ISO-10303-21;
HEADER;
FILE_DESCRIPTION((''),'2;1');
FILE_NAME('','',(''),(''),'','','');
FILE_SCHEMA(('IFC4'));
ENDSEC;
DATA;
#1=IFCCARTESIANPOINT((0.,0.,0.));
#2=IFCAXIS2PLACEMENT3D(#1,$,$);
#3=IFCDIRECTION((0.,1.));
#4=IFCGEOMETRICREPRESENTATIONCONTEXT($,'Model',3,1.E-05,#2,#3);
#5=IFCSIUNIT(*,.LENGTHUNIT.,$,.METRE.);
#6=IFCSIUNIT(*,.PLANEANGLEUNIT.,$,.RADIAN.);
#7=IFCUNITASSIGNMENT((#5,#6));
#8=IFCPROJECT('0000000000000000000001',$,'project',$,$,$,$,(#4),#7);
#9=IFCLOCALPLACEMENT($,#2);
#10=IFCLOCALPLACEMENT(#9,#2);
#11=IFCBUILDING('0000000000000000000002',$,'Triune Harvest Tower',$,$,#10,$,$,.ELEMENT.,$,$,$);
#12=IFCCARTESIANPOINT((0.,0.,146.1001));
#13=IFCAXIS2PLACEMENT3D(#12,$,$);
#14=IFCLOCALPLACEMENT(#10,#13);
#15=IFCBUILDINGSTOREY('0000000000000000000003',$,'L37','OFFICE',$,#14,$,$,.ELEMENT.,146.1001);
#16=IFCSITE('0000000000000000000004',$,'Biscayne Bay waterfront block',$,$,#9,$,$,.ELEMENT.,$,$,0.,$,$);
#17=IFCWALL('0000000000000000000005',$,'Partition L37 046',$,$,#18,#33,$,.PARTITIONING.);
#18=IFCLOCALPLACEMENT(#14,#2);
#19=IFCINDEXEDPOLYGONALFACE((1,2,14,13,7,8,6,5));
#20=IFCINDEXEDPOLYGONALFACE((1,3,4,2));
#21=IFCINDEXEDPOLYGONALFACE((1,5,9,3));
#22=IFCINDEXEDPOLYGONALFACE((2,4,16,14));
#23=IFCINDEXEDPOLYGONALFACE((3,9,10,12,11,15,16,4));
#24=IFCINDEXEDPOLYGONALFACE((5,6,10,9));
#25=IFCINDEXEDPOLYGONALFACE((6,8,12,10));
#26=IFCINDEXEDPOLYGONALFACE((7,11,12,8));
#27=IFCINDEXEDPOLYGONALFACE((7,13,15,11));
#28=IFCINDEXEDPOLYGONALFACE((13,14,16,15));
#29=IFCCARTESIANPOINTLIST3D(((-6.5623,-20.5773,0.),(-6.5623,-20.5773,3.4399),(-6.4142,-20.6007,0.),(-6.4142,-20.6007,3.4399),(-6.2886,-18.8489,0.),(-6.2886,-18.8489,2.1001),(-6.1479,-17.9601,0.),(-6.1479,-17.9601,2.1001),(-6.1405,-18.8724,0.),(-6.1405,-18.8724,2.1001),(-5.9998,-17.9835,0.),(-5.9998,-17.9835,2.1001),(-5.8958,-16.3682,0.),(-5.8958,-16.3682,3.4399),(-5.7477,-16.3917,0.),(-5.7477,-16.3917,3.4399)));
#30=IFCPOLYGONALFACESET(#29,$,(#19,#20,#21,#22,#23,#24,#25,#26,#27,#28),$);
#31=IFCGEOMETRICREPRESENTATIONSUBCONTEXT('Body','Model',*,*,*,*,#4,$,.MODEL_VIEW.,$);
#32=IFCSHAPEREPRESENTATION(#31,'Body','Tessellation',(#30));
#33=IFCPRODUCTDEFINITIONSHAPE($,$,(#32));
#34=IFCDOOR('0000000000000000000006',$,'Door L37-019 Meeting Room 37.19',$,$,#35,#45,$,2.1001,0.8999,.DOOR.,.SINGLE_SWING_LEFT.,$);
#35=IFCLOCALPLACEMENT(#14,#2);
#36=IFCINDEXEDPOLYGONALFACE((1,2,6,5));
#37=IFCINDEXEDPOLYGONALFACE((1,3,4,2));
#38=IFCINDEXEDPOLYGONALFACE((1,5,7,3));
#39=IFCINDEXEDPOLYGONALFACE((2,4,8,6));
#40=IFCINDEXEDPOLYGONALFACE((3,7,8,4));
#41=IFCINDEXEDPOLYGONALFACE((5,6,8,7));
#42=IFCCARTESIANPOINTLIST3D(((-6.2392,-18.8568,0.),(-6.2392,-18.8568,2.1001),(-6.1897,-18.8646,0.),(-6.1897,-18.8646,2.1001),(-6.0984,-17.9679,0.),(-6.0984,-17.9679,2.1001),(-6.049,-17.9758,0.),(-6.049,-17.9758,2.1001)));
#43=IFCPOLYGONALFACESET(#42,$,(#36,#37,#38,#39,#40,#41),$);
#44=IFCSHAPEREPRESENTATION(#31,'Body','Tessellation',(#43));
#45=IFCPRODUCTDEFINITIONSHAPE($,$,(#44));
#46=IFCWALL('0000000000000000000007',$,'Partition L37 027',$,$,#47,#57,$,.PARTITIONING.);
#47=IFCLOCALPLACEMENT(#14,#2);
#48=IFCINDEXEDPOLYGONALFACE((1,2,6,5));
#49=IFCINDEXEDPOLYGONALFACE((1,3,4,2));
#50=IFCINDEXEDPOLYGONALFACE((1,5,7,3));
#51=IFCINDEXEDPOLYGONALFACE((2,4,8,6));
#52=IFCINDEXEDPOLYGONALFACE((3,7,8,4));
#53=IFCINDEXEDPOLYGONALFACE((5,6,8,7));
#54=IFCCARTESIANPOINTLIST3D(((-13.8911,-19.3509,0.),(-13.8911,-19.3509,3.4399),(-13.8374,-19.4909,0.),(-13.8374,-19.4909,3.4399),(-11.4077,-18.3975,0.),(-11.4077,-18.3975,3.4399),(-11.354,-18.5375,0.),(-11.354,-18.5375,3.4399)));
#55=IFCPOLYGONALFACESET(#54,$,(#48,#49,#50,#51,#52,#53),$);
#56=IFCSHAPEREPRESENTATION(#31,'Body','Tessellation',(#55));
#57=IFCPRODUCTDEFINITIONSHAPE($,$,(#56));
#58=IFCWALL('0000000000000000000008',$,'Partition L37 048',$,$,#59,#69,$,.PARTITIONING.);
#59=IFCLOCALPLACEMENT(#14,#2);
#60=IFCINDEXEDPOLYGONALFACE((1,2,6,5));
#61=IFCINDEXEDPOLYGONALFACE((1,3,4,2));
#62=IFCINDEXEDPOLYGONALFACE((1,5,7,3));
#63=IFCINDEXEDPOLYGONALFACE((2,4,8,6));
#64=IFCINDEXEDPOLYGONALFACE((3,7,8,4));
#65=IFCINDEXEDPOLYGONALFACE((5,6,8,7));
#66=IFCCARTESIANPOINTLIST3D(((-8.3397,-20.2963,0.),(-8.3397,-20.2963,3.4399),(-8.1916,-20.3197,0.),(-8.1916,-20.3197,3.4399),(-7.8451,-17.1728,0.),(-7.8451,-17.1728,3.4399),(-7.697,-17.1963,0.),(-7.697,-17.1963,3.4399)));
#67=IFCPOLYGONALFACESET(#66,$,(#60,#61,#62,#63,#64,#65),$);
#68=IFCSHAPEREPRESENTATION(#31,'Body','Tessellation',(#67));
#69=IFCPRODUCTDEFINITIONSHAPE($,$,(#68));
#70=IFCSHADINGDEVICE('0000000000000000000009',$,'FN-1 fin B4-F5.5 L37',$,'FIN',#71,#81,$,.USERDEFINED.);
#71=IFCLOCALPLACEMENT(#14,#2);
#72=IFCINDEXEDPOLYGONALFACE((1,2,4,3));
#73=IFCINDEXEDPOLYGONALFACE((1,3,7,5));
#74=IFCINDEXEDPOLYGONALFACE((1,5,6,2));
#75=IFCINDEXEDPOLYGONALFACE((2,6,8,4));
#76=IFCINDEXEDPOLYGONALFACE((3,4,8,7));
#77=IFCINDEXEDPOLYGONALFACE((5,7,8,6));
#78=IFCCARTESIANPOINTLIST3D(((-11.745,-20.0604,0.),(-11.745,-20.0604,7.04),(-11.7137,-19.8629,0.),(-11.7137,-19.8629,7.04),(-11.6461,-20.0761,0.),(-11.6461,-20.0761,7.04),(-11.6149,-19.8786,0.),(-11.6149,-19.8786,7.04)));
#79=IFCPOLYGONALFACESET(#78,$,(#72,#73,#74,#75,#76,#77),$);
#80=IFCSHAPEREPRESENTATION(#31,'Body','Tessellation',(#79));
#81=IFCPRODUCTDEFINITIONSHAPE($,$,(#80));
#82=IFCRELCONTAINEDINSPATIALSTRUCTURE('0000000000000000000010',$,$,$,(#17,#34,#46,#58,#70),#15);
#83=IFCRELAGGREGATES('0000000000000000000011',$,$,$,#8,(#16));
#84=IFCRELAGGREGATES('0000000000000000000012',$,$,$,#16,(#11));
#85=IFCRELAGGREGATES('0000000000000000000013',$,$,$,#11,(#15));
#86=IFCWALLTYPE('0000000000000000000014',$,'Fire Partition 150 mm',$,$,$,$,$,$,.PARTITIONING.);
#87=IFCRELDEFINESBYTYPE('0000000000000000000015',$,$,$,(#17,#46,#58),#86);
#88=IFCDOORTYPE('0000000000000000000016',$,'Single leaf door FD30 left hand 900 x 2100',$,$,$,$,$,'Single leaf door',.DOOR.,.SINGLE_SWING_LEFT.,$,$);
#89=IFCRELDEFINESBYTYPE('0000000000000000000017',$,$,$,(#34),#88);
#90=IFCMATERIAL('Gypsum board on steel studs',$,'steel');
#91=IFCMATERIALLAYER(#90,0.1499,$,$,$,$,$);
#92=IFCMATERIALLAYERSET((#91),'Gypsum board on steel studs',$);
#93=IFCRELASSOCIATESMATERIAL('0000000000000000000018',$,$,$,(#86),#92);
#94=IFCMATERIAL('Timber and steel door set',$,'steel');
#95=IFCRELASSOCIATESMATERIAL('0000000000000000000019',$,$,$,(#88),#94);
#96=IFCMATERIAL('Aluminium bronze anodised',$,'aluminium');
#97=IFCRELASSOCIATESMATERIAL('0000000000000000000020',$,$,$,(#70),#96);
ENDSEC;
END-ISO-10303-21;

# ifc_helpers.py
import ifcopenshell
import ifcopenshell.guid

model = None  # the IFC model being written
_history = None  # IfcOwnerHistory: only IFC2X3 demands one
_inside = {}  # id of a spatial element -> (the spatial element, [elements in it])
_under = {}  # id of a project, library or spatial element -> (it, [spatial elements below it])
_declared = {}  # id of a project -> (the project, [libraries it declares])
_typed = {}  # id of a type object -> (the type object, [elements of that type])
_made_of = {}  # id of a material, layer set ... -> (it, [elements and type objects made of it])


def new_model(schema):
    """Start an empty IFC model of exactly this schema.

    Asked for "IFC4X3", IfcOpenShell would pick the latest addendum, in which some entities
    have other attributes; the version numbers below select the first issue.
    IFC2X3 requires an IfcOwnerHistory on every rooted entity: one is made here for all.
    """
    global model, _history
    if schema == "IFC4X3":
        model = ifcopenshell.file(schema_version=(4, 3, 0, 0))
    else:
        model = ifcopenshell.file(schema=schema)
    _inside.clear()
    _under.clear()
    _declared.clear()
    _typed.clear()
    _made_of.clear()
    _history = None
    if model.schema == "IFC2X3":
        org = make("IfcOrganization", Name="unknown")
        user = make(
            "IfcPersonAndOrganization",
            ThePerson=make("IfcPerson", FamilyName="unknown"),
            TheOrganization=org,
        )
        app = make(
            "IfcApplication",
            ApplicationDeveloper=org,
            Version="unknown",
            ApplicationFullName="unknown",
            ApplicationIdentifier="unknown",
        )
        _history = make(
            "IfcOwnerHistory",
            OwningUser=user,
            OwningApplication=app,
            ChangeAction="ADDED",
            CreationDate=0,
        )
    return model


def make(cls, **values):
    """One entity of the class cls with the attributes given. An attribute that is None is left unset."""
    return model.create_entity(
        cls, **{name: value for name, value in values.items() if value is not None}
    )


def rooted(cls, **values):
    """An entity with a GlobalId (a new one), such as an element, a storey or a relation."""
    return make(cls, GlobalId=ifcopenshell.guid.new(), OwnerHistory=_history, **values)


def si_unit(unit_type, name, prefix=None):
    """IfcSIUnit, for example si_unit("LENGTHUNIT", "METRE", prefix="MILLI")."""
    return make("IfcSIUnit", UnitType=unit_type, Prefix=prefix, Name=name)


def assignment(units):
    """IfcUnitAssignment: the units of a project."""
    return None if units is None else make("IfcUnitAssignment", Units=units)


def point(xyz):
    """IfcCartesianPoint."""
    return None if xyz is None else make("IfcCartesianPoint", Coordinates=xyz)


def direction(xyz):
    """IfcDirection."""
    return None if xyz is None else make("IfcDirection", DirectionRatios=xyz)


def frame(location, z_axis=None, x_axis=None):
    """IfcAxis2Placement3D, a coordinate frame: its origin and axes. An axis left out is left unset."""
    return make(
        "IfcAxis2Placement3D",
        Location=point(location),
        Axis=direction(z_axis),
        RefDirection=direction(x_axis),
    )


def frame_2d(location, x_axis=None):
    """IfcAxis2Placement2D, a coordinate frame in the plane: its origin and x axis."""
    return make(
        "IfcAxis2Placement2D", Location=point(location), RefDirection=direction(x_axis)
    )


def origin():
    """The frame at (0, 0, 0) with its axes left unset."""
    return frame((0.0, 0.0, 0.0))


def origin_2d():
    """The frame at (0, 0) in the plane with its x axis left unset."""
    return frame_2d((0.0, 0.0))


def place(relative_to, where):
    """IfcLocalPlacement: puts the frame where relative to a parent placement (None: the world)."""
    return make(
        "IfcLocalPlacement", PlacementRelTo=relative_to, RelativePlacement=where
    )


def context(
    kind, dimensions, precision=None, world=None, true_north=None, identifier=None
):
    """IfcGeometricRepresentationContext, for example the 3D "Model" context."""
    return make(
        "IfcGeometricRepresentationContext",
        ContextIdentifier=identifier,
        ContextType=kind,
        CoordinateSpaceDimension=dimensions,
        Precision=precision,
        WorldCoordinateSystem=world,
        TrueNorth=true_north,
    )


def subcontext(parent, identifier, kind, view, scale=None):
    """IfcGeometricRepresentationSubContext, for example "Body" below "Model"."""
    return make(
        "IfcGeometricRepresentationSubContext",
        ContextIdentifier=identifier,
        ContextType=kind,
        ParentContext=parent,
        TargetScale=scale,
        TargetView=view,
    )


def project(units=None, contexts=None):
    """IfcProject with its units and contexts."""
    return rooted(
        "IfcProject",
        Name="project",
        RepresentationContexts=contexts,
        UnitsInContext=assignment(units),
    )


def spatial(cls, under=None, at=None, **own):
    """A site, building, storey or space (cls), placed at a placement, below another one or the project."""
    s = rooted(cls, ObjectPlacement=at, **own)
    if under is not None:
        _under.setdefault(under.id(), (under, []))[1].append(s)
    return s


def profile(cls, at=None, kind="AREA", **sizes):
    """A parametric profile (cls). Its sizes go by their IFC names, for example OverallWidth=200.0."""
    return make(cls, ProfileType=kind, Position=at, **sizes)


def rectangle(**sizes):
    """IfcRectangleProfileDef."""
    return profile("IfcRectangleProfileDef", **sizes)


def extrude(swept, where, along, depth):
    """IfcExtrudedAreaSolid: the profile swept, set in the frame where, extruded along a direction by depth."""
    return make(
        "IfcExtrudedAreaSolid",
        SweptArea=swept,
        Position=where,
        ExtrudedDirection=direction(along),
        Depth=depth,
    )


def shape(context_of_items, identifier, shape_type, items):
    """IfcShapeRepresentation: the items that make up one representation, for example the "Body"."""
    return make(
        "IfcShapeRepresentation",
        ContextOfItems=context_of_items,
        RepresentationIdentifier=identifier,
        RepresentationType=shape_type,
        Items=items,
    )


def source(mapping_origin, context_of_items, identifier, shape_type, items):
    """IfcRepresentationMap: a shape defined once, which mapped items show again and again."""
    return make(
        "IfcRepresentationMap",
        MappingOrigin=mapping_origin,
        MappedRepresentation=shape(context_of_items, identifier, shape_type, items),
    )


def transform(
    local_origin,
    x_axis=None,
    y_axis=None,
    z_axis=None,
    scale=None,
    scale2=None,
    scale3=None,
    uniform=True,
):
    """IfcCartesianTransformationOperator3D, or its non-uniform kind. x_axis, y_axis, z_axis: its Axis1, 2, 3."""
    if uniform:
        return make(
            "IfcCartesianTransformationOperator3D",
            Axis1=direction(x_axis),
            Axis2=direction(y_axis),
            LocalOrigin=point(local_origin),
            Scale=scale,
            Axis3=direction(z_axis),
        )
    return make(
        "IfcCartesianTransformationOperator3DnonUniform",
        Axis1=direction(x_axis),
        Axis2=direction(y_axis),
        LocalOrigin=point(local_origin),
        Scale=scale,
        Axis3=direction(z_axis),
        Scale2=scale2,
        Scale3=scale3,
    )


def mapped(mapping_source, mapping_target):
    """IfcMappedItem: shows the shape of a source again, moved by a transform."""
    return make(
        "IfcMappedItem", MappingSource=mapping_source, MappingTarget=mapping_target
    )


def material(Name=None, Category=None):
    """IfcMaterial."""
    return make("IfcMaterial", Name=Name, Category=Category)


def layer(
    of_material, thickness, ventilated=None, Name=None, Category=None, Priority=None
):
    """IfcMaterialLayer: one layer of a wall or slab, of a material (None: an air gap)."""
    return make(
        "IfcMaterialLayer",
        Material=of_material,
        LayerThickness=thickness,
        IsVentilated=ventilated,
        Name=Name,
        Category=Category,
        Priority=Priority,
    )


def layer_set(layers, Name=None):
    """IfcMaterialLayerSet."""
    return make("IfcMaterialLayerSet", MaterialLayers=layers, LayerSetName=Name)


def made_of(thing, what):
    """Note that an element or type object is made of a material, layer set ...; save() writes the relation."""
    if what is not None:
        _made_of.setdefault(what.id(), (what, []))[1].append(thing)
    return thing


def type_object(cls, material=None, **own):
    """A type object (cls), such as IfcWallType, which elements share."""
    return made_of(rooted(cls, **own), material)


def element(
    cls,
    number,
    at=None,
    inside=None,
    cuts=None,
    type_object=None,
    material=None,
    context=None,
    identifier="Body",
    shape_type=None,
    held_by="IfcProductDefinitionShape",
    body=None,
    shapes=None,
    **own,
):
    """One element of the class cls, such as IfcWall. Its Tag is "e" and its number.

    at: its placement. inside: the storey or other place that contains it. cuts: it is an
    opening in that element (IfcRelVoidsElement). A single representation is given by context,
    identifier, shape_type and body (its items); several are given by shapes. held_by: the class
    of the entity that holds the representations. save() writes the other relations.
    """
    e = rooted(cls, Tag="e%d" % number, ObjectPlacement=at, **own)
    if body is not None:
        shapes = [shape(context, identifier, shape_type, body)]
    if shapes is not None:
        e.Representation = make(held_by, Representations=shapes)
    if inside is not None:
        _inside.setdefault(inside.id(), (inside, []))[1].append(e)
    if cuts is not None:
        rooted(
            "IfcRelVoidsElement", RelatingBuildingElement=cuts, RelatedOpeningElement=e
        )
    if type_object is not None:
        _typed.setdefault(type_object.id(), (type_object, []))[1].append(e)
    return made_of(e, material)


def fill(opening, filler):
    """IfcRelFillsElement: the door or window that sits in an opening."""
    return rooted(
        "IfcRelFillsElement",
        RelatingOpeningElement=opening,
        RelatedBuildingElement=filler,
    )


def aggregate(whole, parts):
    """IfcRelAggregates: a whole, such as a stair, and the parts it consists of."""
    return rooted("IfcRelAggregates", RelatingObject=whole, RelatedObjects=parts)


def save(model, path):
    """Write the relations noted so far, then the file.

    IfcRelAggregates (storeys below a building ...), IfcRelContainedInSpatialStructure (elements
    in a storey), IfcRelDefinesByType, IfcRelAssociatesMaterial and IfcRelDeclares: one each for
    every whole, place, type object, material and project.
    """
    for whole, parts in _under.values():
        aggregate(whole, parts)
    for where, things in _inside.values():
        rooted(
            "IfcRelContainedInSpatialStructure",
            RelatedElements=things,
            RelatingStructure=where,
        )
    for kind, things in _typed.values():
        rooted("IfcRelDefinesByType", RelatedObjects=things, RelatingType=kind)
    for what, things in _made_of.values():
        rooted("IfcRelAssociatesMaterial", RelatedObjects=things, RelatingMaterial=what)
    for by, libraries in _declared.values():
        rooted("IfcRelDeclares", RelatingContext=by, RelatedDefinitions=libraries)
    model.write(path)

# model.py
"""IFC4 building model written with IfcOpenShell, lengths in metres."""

from ifc_helpers import new_model, si_unit, direction, frame, frame_2d, origin, origin_2d, place, context, subcontext, project, spatial, rectangle, extrude, source, transform, mapped, material, layer, layer_set, type_object, element, fill, save


model = new_model("IFC4")

# Units and contexts
model_context = context("Model", 3, precision=1e-05, world=origin(), true_north=direction((0.0, 1.0)))
body_context = subcontext(model_context, "Body", "Model", "MODEL_VIEW")
ifc_project = project(units=[si_unit("LENGTHUNIT", "METRE"), si_unit("PLANEANGLEUNIT", "RADIAN")], contexts=[model_context])

# Site, building, storey
site_placement = place(None, origin())
site = spatial("IfcSite", under=ifc_project, at=site_placement, Name="Biscayne Bay waterfront block", CompositionType="ELEMENT", RefElevation=0.0)
building_placement = place(site_placement, origin())
building = spatial("IfcBuilding", under=site, at=building_placement, Name="Triune Harvest Tower", CompositionType="ELEMENT")
storey_placement = place(building_placement, frame((0.0, 0.0, 146.1001)))
storey = spatial("IfcBuildingStorey", under=building, at=storey_placement, Name="L37", Description="OFFICE", CompositionType="ELEMENT", Elevation=146.1001)

# Wall, opening, door
ifc_material_1 = material(Name="Gypsum board on steel studs", Category="steel")
ifc_layer_1 = layer(ifc_material_1, 0.1499)
ifc_layer_set_1 = layer_set([ifc_layer_1], Name="Gypsum board on steel studs")
wall_type_1 = type_object("IfcWallType", Name="Fire Partition 150 mm", PredefinedType="PARTITIONING", material=ifc_layer_set_1)
ifc_material_2 = material(Name="Timber and steel door set", Category="steel")
door_type = type_object("IfcDoorType", Name="Single leaf door FD30 left hand 900 x 2100", ElementType="Single leaf door", OperationType="SINGLE_SWING_LEFT", PredefinedType="DOOR", material=ifc_material_2)
shared_shape_1 = source(origin(), body_context, "Body", "SweptSolid", [
    extrude(rectangle(XDim=4.2615, YDim=0.1499, at=frame_2d((2.1309, 0.0))), origin(), (0.0, 0.0, 1.0), 3.4399),
])
wall_1_placement = place(storey_placement, frame((-6.4883, -20.5891, 0.0), z_axis=(0.0, 0.0, 1.0), x_axis=(0.156404, 0.987693, 0.0)))
wall_1 = element("IfcWall", 1, at=wall_1_placement, inside=storey, type_object=wall_type_1, Name="Partition L37 046", PredefinedType="PARTITIONING", context=body_context, shape_type="MappedRepresentation", body=[
    mapped(shared_shape_1, transform((0.0, 0.0, 0.0), scale=1.0)),
])
opening_1_placement = place(wall_1_placement, frame((1.75, 0.0, 0.0)))
opening_1 = element("IfcOpeningElement", 2, at=opening_1_placement, cuts=wall_1, PredefinedType="OPENING", context=body_context, shape_type="SweptSolid", body=[
    extrude(rectangle(XDim=0.8999, YDim=2.1001, at=frame_2d((0.45, 1.05))), frame((0.0, 0.085, 0.0), z_axis=(0.0, -1.0, 0.0), x_axis=(1.0, 0.0, 0.0)), (0.0, 0.0, 1.0), 0.1699),
])
door_1_placement = place(opening_1_placement, origin())
door_1 = element("IfcDoor", 3, at=door_1_placement, inside=storey, type_object=door_type, Name="Door L37-019 Meeting Room 37.19", OperationType="SINGLE_SWING_LEFT", OverallHeight=2.1001, OverallWidth=0.8999, PredefinedType="DOOR", context=body_context, shape_type="SweptSolid", body=[
    extrude(rectangle(XDim=0.8999, YDim=2.1001, at=frame_2d((0.45, 1.05))), frame((0.0, 0.0249, 0.0), z_axis=(0.0, -1.0, 0.0), x_axis=(1.0, 0.0, 0.0)), (0.0, 0.0, 1.0), 0.05),
])
fill(opening_1, door_1)

# Walls
shared_shape_2 = source(origin(), body_context, "Body", "SweptSolid", [
    extrude(rectangle(XDim=2.6602, YDim=0.1499, at=frame_2d((1.3301, 0.0))), origin(), (0.0, 0.0, 1.0), 3.4399),
])
wall_2_placement = place(storey_placement, frame((-13.8643, -19.4209, 0.0), z_axis=(0.0, 0.0, 1.0), x_axis=(0.93357, 0.358395, 0.0)))
element("IfcWall", 4, at=wall_2_placement, inside=storey, type_object=wall_type_1, Name="Partition L37 027", PredefinedType="PARTITIONING", context=body_context, shape_type="MappedRepresentation", body=[
    mapped(shared_shape_2, transform((0.0, 0.0, 0.0), scale=1.0)),
])
shared_shape_3 = source(origin(), body_context, "Body", "SweptSolid", [
    extrude(rectangle(XDim=3.1624, YDim=0.1499, at=frame_2d((1.5811, 0.0))), origin(), (0.0, 0.0, 1.0), 3.4399),
])
wall_3_placement = place(storey_placement, frame((-8.2656, -20.3079, 0.0), z_axis=(0.0, 0.0, 1.0), x_axis=(0.156407, 0.987693, 0.0)))
element("IfcWall", 5, at=wall_3_placement, inside=storey, type_object=wall_type_1, Name="Partition L37 048", PredefinedType="PARTITIONING", context=body_context, shape_type="MappedRepresentation", body=[
    mapped(shared_shape_3, transform((0.0, 0.0, 0.0), scale=1.0)),
])

# Shading device
ifc_material_3 = material(Name="Aluminium bronze anodised", Category="aluminium")
shared_shape_4 = source(origin(), body_context, "Body", "SweptSolid", [
    extrude(rectangle(XDim=0.1001, YDim=0.2, at=origin_2d()), origin(), (0.0, 0.0, 1.0), 7.04),
])
shading_device_placement = place(storey_placement, frame((-11.6799, -19.9695, 0.0), z_axis=(0.0, 0.0, 1.0), x_axis=(0.987688, -0.156435, 0.0)))
element("IfcShadingDevice", 6, at=shading_device_placement, inside=storey, material=ifc_material_3, Name="FN-1 fin B4-F5.5 L37", ObjectType="FIN", PredefinedType="USERDEFINED", context=body_context, shape_type="MappedRepresentation", body=[
    mapped(shared_shape_4, transform((0.0, 0.0, 0.0), scale=1.0)),
])

save(model, "model.ifc")
